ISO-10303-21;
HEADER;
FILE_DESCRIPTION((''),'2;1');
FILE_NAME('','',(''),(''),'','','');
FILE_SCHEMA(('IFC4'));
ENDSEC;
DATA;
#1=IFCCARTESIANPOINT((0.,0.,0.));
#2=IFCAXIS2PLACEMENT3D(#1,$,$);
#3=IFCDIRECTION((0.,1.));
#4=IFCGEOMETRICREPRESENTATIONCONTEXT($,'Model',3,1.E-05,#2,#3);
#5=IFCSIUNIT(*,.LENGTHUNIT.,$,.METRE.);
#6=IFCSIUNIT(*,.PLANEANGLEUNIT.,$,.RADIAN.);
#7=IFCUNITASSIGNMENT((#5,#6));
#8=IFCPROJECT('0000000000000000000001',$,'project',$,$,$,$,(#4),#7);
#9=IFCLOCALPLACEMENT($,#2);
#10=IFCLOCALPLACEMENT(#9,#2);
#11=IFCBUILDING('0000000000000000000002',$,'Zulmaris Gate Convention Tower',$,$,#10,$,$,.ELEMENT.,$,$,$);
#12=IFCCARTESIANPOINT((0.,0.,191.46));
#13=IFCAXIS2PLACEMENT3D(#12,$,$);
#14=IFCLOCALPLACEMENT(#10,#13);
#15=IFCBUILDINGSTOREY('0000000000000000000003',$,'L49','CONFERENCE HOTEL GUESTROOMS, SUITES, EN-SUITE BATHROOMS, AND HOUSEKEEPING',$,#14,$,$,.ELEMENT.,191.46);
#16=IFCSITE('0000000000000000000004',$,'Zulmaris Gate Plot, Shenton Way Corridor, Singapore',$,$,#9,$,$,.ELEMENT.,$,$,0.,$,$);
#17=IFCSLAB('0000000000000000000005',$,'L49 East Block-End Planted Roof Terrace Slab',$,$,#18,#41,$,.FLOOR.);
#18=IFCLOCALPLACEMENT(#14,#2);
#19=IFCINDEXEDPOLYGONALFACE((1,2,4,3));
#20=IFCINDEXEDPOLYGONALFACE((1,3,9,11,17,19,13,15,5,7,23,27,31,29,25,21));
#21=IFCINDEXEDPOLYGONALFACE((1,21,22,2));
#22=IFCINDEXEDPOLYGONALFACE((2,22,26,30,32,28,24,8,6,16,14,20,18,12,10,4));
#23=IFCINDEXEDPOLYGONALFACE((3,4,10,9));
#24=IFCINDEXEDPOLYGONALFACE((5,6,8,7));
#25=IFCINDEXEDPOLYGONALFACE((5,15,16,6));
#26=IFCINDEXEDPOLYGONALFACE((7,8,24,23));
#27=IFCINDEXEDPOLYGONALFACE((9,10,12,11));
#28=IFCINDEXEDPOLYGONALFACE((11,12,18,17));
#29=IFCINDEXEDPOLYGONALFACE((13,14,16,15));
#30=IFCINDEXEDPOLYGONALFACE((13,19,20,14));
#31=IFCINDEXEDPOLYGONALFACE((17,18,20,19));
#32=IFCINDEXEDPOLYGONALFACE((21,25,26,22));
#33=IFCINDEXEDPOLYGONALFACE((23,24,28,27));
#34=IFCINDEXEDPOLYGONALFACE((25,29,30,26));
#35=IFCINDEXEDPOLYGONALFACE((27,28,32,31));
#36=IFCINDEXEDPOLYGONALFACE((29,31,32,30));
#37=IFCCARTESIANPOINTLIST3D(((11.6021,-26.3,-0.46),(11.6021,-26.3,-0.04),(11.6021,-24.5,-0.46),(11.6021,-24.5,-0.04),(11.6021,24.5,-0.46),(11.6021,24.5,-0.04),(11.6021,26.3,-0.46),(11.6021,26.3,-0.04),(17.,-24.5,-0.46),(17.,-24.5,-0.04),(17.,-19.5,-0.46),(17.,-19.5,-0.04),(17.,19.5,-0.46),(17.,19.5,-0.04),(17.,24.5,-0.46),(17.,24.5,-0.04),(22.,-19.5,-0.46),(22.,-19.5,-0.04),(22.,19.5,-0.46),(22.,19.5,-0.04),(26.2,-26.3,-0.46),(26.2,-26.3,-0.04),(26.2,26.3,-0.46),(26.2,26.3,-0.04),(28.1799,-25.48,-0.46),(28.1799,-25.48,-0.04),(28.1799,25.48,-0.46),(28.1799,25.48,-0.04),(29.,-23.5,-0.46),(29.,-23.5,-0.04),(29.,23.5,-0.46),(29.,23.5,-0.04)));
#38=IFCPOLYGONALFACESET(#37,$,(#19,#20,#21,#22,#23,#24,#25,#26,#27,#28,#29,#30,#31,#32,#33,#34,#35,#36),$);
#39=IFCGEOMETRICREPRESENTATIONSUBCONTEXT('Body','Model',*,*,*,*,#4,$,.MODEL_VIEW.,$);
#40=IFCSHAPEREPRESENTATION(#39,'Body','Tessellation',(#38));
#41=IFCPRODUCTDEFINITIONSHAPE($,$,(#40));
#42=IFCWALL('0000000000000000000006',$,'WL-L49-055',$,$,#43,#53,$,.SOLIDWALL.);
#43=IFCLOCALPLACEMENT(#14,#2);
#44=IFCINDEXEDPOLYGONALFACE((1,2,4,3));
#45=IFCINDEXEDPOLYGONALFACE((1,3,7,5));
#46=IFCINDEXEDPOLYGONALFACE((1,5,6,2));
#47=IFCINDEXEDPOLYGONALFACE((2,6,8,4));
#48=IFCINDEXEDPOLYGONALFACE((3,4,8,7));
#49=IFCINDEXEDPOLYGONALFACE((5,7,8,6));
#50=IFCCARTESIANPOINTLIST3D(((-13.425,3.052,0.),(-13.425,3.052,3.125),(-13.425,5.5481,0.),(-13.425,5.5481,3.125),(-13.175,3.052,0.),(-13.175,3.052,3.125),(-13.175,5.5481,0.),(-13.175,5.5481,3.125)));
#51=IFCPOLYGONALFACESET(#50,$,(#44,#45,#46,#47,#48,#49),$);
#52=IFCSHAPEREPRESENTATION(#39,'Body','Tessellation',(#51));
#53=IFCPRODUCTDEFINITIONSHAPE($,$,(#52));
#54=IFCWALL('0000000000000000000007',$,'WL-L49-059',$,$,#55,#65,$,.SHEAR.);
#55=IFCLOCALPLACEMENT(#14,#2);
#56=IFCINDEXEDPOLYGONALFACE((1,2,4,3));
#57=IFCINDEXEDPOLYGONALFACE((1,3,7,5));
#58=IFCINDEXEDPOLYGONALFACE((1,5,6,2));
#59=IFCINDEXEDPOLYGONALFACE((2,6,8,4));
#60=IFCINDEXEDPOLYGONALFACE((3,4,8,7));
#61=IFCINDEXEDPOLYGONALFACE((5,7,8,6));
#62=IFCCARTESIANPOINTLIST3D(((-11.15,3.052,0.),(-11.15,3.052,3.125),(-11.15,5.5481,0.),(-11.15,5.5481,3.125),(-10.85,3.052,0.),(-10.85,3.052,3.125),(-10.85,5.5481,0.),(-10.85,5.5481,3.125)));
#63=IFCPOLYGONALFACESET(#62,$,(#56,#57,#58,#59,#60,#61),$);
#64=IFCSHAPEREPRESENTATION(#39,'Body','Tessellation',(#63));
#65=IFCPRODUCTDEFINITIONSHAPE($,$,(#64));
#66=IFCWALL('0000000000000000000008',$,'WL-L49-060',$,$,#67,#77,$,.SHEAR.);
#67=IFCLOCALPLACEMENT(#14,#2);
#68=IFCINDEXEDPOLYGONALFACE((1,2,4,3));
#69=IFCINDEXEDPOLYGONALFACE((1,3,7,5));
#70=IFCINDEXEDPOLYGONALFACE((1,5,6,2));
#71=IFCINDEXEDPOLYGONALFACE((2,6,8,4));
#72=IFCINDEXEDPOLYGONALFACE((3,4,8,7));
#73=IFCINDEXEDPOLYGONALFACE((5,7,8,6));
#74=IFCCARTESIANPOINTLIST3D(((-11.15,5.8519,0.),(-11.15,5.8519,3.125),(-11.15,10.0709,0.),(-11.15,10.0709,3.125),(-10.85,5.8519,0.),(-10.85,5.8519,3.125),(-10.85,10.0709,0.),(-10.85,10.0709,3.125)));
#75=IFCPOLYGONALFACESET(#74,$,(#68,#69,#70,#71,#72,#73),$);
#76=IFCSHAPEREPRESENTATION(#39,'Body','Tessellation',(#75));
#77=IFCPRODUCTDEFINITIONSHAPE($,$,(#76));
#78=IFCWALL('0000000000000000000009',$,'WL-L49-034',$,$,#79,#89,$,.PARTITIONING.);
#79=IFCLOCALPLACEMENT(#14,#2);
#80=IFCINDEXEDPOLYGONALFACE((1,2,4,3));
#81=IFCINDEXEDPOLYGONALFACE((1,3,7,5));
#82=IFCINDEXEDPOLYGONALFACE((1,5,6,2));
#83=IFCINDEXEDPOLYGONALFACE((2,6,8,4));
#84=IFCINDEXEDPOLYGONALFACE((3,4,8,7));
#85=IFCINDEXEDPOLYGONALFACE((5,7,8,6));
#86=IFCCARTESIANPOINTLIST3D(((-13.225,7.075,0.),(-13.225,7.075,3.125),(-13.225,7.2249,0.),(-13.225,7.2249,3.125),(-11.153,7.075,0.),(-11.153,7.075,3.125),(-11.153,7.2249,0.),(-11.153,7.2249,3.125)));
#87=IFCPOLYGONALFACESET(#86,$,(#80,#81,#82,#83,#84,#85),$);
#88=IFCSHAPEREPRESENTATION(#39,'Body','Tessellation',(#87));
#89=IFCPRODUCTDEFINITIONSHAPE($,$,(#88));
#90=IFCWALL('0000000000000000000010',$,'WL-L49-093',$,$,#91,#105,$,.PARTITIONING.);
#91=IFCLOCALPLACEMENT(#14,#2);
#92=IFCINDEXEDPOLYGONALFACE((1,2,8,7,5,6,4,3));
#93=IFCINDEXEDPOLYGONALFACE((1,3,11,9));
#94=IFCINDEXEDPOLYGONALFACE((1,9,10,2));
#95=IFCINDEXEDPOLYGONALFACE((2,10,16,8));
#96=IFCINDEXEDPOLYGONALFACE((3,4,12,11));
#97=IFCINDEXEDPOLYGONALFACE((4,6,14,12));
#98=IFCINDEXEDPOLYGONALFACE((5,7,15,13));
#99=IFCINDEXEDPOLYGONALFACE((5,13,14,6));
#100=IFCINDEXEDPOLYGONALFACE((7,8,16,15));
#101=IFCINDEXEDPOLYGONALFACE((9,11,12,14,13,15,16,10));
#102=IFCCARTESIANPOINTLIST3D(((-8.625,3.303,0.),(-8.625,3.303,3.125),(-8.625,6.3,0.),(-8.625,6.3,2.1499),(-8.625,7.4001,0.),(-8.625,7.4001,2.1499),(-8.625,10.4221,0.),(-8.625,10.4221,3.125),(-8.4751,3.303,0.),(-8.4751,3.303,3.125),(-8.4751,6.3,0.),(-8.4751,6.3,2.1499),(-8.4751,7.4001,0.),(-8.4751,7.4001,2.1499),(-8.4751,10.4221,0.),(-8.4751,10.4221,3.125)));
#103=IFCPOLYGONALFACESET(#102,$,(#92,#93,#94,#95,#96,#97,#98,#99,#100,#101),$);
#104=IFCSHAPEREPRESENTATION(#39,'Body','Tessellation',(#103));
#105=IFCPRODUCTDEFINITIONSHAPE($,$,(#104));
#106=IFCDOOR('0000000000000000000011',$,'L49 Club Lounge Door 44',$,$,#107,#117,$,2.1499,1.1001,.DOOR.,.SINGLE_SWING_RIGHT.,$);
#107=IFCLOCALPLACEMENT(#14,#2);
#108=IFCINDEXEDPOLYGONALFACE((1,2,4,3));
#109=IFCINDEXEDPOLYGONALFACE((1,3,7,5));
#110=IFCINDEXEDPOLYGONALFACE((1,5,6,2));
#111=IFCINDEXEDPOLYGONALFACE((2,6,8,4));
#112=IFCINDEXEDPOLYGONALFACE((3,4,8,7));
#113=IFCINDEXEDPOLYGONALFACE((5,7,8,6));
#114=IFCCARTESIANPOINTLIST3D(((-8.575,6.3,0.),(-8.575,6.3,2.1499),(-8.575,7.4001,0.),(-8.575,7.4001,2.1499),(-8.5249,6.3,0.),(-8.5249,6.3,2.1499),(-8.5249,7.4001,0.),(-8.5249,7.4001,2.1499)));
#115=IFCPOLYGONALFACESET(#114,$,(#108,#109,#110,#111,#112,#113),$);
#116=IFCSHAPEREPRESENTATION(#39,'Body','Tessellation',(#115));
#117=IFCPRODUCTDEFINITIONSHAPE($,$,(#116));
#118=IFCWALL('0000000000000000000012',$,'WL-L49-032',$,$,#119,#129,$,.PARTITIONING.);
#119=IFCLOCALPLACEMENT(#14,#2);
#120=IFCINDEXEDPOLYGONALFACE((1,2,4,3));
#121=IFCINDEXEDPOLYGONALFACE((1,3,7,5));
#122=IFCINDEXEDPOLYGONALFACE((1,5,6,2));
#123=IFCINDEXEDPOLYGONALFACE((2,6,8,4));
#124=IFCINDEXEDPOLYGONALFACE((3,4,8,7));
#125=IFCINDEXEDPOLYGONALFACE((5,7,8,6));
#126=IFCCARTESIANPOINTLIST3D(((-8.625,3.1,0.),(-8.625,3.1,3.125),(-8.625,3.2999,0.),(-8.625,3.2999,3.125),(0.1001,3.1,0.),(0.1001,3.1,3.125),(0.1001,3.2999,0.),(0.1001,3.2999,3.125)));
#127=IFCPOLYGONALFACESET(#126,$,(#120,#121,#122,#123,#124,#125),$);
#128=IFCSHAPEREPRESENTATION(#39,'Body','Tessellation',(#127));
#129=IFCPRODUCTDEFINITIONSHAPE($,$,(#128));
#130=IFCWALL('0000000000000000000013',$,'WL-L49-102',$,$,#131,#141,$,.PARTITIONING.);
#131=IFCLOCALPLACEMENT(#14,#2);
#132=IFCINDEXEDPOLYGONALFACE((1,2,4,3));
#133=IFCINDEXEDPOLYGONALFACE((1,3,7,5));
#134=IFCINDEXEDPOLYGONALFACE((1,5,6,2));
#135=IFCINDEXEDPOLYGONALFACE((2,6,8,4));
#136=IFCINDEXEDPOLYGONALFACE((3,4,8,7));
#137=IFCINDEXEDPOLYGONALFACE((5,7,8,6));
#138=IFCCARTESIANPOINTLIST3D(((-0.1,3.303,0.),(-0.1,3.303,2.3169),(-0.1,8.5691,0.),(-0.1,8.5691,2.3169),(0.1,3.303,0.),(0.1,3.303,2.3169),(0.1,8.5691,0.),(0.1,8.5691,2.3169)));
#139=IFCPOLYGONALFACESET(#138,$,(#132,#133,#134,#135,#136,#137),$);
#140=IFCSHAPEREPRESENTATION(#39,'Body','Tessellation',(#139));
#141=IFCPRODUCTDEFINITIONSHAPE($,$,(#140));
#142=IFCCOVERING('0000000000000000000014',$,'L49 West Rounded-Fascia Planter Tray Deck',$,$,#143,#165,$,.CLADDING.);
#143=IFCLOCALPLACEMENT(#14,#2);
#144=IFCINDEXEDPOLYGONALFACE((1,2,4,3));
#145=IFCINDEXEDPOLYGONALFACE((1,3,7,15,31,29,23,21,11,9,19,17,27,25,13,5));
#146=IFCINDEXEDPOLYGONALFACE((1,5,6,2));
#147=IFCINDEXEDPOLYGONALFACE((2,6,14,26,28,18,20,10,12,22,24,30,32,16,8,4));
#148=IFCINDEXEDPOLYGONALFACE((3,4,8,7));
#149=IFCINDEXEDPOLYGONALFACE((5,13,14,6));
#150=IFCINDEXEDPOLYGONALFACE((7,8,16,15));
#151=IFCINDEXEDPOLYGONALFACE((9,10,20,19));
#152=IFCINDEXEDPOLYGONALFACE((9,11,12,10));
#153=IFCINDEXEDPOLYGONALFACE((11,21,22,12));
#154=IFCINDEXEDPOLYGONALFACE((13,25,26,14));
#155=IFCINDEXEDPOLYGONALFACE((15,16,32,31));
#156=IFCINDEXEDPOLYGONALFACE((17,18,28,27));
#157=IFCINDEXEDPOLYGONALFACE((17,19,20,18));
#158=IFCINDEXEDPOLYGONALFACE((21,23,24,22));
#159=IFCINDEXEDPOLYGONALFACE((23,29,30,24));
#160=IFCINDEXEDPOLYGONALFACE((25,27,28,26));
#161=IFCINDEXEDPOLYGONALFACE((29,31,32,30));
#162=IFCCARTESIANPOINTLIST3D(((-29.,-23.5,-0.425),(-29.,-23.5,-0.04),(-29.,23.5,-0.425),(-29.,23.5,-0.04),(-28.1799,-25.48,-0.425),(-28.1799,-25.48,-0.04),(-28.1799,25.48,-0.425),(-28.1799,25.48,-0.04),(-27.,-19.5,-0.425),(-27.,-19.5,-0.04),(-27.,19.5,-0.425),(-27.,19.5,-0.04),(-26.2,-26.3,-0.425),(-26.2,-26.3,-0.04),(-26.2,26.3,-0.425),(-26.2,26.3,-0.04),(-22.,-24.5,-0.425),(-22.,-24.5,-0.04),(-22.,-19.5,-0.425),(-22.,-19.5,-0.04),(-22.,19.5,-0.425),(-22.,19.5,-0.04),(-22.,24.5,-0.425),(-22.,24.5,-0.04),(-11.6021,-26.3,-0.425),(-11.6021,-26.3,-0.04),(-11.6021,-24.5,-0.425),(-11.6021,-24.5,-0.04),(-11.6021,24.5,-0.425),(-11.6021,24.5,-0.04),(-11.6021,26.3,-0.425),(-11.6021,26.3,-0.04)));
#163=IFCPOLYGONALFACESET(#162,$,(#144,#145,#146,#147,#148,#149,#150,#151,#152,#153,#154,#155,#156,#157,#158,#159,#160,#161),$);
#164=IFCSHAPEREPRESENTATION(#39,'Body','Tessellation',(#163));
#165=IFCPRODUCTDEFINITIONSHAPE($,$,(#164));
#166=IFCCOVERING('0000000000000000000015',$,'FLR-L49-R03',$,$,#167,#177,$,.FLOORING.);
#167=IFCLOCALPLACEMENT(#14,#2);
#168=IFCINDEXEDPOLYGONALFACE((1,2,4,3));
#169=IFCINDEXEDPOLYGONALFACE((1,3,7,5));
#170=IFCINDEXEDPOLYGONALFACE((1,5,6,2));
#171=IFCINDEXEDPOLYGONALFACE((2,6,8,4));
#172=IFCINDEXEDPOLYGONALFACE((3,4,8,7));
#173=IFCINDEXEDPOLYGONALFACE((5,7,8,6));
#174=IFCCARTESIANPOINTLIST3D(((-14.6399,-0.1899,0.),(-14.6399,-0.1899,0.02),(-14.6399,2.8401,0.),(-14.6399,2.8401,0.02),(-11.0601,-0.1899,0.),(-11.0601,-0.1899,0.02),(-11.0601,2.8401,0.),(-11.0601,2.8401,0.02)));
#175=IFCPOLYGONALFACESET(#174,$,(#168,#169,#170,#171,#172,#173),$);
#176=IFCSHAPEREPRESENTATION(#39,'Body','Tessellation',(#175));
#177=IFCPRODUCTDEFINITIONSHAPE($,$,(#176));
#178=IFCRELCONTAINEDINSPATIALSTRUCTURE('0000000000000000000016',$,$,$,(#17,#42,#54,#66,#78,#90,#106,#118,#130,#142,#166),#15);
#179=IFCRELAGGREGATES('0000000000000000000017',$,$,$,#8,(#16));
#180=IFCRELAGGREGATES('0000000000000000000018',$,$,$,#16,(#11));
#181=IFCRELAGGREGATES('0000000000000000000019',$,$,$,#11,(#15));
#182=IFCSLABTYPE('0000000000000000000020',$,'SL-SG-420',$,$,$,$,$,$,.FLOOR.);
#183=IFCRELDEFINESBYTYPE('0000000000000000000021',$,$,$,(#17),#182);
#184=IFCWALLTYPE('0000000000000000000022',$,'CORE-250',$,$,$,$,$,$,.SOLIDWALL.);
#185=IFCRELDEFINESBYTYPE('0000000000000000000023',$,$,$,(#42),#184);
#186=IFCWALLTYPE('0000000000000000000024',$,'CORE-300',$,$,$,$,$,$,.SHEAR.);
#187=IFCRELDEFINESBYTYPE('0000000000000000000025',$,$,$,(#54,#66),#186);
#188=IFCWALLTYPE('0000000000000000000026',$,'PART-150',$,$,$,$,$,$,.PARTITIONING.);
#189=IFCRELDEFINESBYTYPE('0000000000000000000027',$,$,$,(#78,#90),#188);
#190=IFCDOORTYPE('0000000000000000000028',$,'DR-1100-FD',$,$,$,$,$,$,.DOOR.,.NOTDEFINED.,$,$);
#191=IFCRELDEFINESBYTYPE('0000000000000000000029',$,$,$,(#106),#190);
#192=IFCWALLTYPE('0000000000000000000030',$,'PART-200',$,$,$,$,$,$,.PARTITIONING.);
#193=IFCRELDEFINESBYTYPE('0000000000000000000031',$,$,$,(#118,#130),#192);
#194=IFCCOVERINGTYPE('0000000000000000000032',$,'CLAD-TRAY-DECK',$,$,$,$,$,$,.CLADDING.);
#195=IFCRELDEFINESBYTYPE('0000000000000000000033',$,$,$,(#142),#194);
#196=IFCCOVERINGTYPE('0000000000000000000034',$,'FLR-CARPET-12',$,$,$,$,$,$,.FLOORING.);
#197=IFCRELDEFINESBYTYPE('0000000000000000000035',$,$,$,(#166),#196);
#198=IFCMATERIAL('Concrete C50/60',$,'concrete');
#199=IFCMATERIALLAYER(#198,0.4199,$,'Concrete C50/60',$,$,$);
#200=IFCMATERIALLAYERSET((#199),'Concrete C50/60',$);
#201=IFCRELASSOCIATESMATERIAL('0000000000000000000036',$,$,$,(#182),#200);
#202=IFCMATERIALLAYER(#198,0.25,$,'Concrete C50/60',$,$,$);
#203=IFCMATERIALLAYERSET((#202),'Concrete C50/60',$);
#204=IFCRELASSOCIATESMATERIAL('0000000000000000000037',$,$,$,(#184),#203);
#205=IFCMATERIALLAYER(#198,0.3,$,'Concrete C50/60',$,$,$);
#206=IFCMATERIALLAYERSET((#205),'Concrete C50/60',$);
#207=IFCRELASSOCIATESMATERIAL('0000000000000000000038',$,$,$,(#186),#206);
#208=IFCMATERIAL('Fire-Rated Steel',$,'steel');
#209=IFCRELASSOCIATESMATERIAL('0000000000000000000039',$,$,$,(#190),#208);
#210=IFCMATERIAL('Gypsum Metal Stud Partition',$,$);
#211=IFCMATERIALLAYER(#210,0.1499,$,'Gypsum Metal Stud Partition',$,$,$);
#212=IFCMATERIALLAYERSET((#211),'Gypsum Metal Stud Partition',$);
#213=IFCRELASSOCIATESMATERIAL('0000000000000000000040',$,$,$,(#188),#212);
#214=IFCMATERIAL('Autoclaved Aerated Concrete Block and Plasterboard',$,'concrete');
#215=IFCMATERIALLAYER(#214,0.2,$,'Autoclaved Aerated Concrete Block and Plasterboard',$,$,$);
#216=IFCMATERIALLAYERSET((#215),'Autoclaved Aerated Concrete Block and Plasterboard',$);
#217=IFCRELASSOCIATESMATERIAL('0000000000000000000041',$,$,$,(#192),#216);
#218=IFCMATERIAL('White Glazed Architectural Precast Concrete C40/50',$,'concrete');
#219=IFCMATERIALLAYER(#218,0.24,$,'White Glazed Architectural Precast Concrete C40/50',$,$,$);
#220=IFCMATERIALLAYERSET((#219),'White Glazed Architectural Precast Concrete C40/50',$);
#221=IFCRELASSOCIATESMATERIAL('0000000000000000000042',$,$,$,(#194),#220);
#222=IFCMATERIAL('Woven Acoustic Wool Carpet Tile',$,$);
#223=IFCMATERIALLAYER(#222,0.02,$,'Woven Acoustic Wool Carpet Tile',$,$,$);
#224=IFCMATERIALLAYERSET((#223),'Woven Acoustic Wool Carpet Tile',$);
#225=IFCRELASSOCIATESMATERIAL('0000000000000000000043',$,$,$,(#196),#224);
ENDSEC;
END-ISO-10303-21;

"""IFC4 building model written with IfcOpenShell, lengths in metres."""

from ifc_helpers import new_model, si_unit, direction, frame, frame_2d, origin, place, context, subcontext, project, spatial, polyline, rectangle, outline, extrude, material, layer, layer_set, type_object, element, fill, save


model = new_model("IFC4")

# Units and contexts
model_context = context("Model", 3, precision=1e-05, world=origin(), true_north=direction((0.0, 1.0)))
body_context = subcontext(model_context, "Body", "Model", "MODEL_VIEW")
ifc_project = project(units=[si_unit("LENGTHUNIT", "METRE"), si_unit("PLANEANGLEUNIT", "RADIAN")], contexts=[model_context])

# Site, building, storey
site_placement = place(None, origin())
site = spatial("IfcSite", under=ifc_project, at=site_placement, Name="Zulmaris Gate Plot, Shenton Way Corridor, Singapore", CompositionType="ELEMENT", RefElevation=0.0)
building_placement = place(site_placement, origin())
building = spatial("IfcBuilding", under=site, at=building_placement, Name="Zulmaris Gate Convention Tower", CompositionType="ELEMENT")
storey_placement = place(building_placement, frame((0.0, 0.0, 191.46)))
storey = spatial("IfcBuildingStorey", under=building, at=storey_placement, Name="L49", Description="CONFERENCE HOTEL GUESTROOMS, SUITES, EN-SUITE BATHROOMS, AND HOUSEKEEPING", CompositionType="ELEMENT", Elevation=191.46)

# Shared definitions
ifc_material_1 = material(Name="Concrete C50/60", Category="concrete")

# Slab
ifc_layer_1 = layer(ifc_material_1, 0.4199, Name="Concrete C50/60")
ifc_layer_set_1 = layer_set([ifc_layer_1], Name="Concrete C50/60")
slab_type_1 = type_object("IfcSlabType", Name="SL-SG-420", PredefinedType="FLOOR", material=ifc_layer_set_1)
slab_1_placement = place(storey_placement, frame((0.0, 0.0, -0.46)))
element("IfcSlab", 1, at=slab_1_placement, inside=storey, type_object=slab_type_1, Name="L49 East Block-End Planted Roof Terrace Slab", PredefinedType="FLOOR", context=body_context, shape_type="SweptSolid", body=[
    extrude(outline(polyline([(26.2, 26.3), (28.1799, 25.48), (29.0, 23.5), (29.0, -23.5), (28.1799, -25.48), (26.2, -26.3), (11.6021, -26.3), (11.6021, -24.5), (17.0, -24.5), (17.0, -19.5), (22.0, -19.5), (22.0, 19.5), (17.0, 19.5), (17.0, 24.5), (11.6021, 24.5), (11.6021, 26.3), (26.2, 26.3)])), origin(), (0.0, 0.0, 1.0), 0.4199),
])

# Wall
ifc_layer_2 = layer(ifc_material_1, 0.25, Name="Concrete C50/60")
ifc_layer_set_2 = layer_set([ifc_layer_2], Name="Concrete C50/60")
wall_type_1 = type_object("IfcWallType", Name="CORE-250", PredefinedType="SOLIDWALL", material=ifc_layer_set_2)
wall_1_placement = place(storey_placement, frame((-13.3, 3.052, 0.0), z_axis=(0.0, 0.0, 1.0), x_axis=(0.0, 1.0, 0.0)))
element("IfcWall", 2, at=wall_1_placement, inside=storey, type_object=wall_type_1, Name="WL-L49-055", PredefinedType="SOLIDWALL", context=body_context, shape_type="SweptSolid", body=[
    extrude(rectangle(XDim=2.4961, YDim=0.25, at=frame_2d((1.248, 0.0))), origin(), (0.0, 0.0, 1.0), 3.125),
])

# Shared definitions
ifc_layer_3 = layer(ifc_material_1, 0.3, Name="Concrete C50/60")
ifc_layer_set_3 = layer_set([ifc_layer_3], Name="Concrete C50/60")
wall_type_2 = type_object("IfcWallType", Name="CORE-300", PredefinedType="SHEAR", material=ifc_layer_set_3)
ifc_material_2 = material(Name="Fire-Rated Steel", Category="steel")
door_type_1 = type_object("IfcDoorType", Name="DR-1100-FD", OperationType="NOTDEFINED", PredefinedType="DOOR", material=ifc_material_2)

# Walls
wall_2_placement = place(storey_placement, frame((-11.0, 3.052, 0.0), z_axis=(0.0, 0.0, 1.0), x_axis=(0.0, 1.0, 0.0)))
element("IfcWall", 3, at=wall_2_placement, inside=storey, type_object=wall_type_2, Name="WL-L49-059", PredefinedType="SHEAR", context=body_context, shape_type="SweptSolid", body=[
    extrude(rectangle(XDim=2.4961, YDim=0.3, at=frame_2d((1.248, 0.0))), origin(), (0.0, 0.0, 1.0), 3.125),
])
wall_3_placement = place(storey_placement, frame((-11.0, 5.8521, 0.0), z_axis=(0.0, 0.0, 1.0), x_axis=(0.0, 1.0, 0.0)))
element("IfcWall", 4, at=wall_3_placement, inside=storey, type_object=wall_type_2, Name="WL-L49-060", PredefinedType="SHEAR", context=body_context, shape_type="SweptSolid", body=[
    extrude(rectangle(XDim=4.219, YDim=0.3, at=frame_2d((2.1094, 0.0))), origin(), (0.0, 0.0, 1.0), 3.125),
])
ifc_material_3 = material(Name="Gypsum Metal Stud Partition")
ifc_layer_4 = layer(ifc_material_3, 0.1499, Name="Gypsum Metal Stud Partition")
ifc_layer_set_4 = layer_set([ifc_layer_4], Name="Gypsum Metal Stud Partition")
wall_type_3 = type_object("IfcWallType", Name="PART-150", PredefinedType="PARTITIONING", material=ifc_layer_set_4)
wall_4_placement = place(storey_placement, frame((-13.2251, 7.1499, 0.0), z_axis=(0.0, 0.0, 1.0), x_axis=(1.0, 0.0, 0.0)))
element("IfcWall", 5, at=wall_4_placement, inside=storey, type_object=wall_type_3, Name="WL-L49-034", PredefinedType="PARTITIONING", context=body_context, shape_type="SweptSolid", body=[
    extrude(rectangle(XDim=2.072, YDim=0.1499, at=frame_2d((1.0361, 0.0))), origin(), (0.0, 0.0, 1.0), 3.125),
])

# Wall, opening, door
wall_5_placement = place(storey_placement, frame((-8.55, 3.303, 0.0), z_axis=(0.0, 0.0, 1.0), x_axis=(0.0, 1.0, 0.0)))
wall_5 = element("IfcWall", 6, at=wall_5_placement, inside=storey, type_object=wall_type_3, Name="WL-L49-093", PredefinedType="PARTITIONING", context=body_context, shape_type="SweptSolid", body=[
    extrude(rectangle(XDim=7.1191, YDim=0.1499, at=frame_2d((3.5596, 0.0))), origin(), (0.0, 0.0, 1.0), 3.125),
])
opening_1_placement = place(wall_5_placement, frame((2.9971, 0.0, 0.0)))
opening_1 = element("IfcOpeningElement", 7, at=opening_1_placement, cuts=wall_5, PredefinedType="OPENING", context=body_context, shape_type="SweptSolid", body=[
    extrude(rectangle(XDim=1.1001, YDim=2.1499, at=frame_2d((0.55, 1.075))), frame((0.0, 0.085, 0.0), z_axis=(0.0, -1.0, 0.0), x_axis=(1.0, 0.0, 0.0)), (0.0, 0.0, 1.0), 0.1699),
])
door_1_placement = place(opening_1_placement, origin())
door_1 = element("IfcDoor", 8, at=door_1_placement, inside=storey, type_object=door_type_1, Name="L49 Club Lounge Door 44", OperationType="SINGLE_SWING_RIGHT", OverallHeight=2.1499, OverallWidth=1.1001, PredefinedType="DOOR", context=body_context, shape_type="SweptSolid", body=[
    extrude(rectangle(XDim=1.1001, YDim=2.1499, at=frame_2d((0.55, 1.075))), frame((0.0, 0.0249, 0.0), z_axis=(0.0, -1.0, 0.0), x_axis=(1.0, 0.0, 0.0)), (0.0, 0.0, 1.0), 0.05),
])
fill(opening_1, door_1)

# Walls
ifc_material_4 = material(Name="Autoclaved Aerated Concrete Block and Plasterboard", Category="concrete")
ifc_layer_5 = layer(ifc_material_4, 0.2, Name="Autoclaved Aerated Concrete Block and Plasterboard")
ifc_layer_set_5 = layer_set([ifc_layer_5], Name="Autoclaved Aerated Concrete Block and Plasterboard")
wall_type_4 = type_object("IfcWallType", Name="PART-200", PredefinedType="PARTITIONING", material=ifc_layer_set_5)
wall_6_placement = place(storey_placement, frame((-8.625, 3.2, 0.0), z_axis=(0.0, 0.0, 1.0), x_axis=(1.0, 0.0, 0.0)))
element("IfcWall", 9, at=wall_6_placement, inside=storey, type_object=wall_type_4, Name="WL-L49-032", PredefinedType="PARTITIONING", context=body_context, shape_type="SweptSolid", body=[
    extrude(rectangle(XDim=8.7251, YDim=0.2, at=frame_2d((4.3625, 0.0))), origin(), (0.0, 0.0, 1.0), 3.125),
])
wall_7_placement = place(storey_placement, frame((0.0, 3.303, 0.0), z_axis=(0.0, 0.0, 1.0), x_axis=(0.0, 1.0, 0.0)))
element("IfcWall", 10, at=wall_7_placement, inside=storey, type_object=wall_type_4, Name="WL-L49-102", PredefinedType="PARTITIONING", context=body_context, shape_type="SweptSolid", body=[
    extrude(rectangle(XDim=5.2661, YDim=0.2, at=frame_2d((2.6331, 0.0))), origin(), (0.0, 0.0, 1.0), 2.3169),
])

# Coverings
ifc_material_5 = material(Name="White Glazed Architectural Precast Concrete C40/50", Category="concrete")
ifc_layer_6 = layer(ifc_material_5, 0.24, Name="White Glazed Architectural Precast Concrete C40/50")
ifc_layer_set_6 = layer_set([ifc_layer_6], Name="White Glazed Architectural Precast Concrete C40/50")
covering_type_1 = type_object("IfcCoveringType", Name="CLAD-TRAY-DECK", PredefinedType="CLADDING", material=ifc_layer_set_6)
covering_1_placement = place(storey_placement, frame((0.0, 0.0, -0.425)))
element("IfcCovering", 11, at=covering_1_placement, inside=storey, type_object=covering_type_1, Name="L49 West Rounded-Fascia Planter Tray Deck", PredefinedType="CLADDING", context=body_context, shape_type="SweptSolid", body=[
    extrude(outline(polyline([(-29.0, 23.5), (-28.1799, 25.48), (-26.2, 26.3), (-11.6021, 26.3), (-11.6021, 24.5), (-22.0, 24.5), (-22.0, 19.5), (-27.0, 19.5), (-27.0, -19.5), (-22.0, -19.5), (-22.0, -24.5), (-11.6021, -24.5), (-11.6021, -26.3), (-26.2, -26.3), (-28.1799, -25.48), (-29.0, -23.5), (-29.0, 23.5)])), origin(), (0.0, 0.0, 1.0), 0.385),
])
ifc_material_6 = material(Name="Woven Acoustic Wool Carpet Tile")
ifc_layer_7 = layer(ifc_material_6, 0.02, Name="Woven Acoustic Wool Carpet Tile")
ifc_layer_set_7 = layer_set([ifc_layer_7], Name="Woven Acoustic Wool Carpet Tile")
covering_type_2 = type_object("IfcCoveringType", Name="FLR-CARPET-12", PredefinedType="FLOORING", material=ifc_layer_set_7)
covering_2_placement = place(storey_placement, origin())
element("IfcCovering", 12, at=covering_2_placement, inside=storey, type_object=covering_type_2, Name="FLR-L49-R03", PredefinedType="FLOORING", context=body_context, shape_type="SweptSolid", body=[
    extrude(outline(polyline([(-14.6399, -0.1899), (-11.0601, -0.1899), (-11.0601, 2.8401), (-14.6399, 2.8401), (-14.6399, -0.1899)])), origin(), (0.0, 0.0, 1.0), 0.02),
])

save(model, "model.ifc")
